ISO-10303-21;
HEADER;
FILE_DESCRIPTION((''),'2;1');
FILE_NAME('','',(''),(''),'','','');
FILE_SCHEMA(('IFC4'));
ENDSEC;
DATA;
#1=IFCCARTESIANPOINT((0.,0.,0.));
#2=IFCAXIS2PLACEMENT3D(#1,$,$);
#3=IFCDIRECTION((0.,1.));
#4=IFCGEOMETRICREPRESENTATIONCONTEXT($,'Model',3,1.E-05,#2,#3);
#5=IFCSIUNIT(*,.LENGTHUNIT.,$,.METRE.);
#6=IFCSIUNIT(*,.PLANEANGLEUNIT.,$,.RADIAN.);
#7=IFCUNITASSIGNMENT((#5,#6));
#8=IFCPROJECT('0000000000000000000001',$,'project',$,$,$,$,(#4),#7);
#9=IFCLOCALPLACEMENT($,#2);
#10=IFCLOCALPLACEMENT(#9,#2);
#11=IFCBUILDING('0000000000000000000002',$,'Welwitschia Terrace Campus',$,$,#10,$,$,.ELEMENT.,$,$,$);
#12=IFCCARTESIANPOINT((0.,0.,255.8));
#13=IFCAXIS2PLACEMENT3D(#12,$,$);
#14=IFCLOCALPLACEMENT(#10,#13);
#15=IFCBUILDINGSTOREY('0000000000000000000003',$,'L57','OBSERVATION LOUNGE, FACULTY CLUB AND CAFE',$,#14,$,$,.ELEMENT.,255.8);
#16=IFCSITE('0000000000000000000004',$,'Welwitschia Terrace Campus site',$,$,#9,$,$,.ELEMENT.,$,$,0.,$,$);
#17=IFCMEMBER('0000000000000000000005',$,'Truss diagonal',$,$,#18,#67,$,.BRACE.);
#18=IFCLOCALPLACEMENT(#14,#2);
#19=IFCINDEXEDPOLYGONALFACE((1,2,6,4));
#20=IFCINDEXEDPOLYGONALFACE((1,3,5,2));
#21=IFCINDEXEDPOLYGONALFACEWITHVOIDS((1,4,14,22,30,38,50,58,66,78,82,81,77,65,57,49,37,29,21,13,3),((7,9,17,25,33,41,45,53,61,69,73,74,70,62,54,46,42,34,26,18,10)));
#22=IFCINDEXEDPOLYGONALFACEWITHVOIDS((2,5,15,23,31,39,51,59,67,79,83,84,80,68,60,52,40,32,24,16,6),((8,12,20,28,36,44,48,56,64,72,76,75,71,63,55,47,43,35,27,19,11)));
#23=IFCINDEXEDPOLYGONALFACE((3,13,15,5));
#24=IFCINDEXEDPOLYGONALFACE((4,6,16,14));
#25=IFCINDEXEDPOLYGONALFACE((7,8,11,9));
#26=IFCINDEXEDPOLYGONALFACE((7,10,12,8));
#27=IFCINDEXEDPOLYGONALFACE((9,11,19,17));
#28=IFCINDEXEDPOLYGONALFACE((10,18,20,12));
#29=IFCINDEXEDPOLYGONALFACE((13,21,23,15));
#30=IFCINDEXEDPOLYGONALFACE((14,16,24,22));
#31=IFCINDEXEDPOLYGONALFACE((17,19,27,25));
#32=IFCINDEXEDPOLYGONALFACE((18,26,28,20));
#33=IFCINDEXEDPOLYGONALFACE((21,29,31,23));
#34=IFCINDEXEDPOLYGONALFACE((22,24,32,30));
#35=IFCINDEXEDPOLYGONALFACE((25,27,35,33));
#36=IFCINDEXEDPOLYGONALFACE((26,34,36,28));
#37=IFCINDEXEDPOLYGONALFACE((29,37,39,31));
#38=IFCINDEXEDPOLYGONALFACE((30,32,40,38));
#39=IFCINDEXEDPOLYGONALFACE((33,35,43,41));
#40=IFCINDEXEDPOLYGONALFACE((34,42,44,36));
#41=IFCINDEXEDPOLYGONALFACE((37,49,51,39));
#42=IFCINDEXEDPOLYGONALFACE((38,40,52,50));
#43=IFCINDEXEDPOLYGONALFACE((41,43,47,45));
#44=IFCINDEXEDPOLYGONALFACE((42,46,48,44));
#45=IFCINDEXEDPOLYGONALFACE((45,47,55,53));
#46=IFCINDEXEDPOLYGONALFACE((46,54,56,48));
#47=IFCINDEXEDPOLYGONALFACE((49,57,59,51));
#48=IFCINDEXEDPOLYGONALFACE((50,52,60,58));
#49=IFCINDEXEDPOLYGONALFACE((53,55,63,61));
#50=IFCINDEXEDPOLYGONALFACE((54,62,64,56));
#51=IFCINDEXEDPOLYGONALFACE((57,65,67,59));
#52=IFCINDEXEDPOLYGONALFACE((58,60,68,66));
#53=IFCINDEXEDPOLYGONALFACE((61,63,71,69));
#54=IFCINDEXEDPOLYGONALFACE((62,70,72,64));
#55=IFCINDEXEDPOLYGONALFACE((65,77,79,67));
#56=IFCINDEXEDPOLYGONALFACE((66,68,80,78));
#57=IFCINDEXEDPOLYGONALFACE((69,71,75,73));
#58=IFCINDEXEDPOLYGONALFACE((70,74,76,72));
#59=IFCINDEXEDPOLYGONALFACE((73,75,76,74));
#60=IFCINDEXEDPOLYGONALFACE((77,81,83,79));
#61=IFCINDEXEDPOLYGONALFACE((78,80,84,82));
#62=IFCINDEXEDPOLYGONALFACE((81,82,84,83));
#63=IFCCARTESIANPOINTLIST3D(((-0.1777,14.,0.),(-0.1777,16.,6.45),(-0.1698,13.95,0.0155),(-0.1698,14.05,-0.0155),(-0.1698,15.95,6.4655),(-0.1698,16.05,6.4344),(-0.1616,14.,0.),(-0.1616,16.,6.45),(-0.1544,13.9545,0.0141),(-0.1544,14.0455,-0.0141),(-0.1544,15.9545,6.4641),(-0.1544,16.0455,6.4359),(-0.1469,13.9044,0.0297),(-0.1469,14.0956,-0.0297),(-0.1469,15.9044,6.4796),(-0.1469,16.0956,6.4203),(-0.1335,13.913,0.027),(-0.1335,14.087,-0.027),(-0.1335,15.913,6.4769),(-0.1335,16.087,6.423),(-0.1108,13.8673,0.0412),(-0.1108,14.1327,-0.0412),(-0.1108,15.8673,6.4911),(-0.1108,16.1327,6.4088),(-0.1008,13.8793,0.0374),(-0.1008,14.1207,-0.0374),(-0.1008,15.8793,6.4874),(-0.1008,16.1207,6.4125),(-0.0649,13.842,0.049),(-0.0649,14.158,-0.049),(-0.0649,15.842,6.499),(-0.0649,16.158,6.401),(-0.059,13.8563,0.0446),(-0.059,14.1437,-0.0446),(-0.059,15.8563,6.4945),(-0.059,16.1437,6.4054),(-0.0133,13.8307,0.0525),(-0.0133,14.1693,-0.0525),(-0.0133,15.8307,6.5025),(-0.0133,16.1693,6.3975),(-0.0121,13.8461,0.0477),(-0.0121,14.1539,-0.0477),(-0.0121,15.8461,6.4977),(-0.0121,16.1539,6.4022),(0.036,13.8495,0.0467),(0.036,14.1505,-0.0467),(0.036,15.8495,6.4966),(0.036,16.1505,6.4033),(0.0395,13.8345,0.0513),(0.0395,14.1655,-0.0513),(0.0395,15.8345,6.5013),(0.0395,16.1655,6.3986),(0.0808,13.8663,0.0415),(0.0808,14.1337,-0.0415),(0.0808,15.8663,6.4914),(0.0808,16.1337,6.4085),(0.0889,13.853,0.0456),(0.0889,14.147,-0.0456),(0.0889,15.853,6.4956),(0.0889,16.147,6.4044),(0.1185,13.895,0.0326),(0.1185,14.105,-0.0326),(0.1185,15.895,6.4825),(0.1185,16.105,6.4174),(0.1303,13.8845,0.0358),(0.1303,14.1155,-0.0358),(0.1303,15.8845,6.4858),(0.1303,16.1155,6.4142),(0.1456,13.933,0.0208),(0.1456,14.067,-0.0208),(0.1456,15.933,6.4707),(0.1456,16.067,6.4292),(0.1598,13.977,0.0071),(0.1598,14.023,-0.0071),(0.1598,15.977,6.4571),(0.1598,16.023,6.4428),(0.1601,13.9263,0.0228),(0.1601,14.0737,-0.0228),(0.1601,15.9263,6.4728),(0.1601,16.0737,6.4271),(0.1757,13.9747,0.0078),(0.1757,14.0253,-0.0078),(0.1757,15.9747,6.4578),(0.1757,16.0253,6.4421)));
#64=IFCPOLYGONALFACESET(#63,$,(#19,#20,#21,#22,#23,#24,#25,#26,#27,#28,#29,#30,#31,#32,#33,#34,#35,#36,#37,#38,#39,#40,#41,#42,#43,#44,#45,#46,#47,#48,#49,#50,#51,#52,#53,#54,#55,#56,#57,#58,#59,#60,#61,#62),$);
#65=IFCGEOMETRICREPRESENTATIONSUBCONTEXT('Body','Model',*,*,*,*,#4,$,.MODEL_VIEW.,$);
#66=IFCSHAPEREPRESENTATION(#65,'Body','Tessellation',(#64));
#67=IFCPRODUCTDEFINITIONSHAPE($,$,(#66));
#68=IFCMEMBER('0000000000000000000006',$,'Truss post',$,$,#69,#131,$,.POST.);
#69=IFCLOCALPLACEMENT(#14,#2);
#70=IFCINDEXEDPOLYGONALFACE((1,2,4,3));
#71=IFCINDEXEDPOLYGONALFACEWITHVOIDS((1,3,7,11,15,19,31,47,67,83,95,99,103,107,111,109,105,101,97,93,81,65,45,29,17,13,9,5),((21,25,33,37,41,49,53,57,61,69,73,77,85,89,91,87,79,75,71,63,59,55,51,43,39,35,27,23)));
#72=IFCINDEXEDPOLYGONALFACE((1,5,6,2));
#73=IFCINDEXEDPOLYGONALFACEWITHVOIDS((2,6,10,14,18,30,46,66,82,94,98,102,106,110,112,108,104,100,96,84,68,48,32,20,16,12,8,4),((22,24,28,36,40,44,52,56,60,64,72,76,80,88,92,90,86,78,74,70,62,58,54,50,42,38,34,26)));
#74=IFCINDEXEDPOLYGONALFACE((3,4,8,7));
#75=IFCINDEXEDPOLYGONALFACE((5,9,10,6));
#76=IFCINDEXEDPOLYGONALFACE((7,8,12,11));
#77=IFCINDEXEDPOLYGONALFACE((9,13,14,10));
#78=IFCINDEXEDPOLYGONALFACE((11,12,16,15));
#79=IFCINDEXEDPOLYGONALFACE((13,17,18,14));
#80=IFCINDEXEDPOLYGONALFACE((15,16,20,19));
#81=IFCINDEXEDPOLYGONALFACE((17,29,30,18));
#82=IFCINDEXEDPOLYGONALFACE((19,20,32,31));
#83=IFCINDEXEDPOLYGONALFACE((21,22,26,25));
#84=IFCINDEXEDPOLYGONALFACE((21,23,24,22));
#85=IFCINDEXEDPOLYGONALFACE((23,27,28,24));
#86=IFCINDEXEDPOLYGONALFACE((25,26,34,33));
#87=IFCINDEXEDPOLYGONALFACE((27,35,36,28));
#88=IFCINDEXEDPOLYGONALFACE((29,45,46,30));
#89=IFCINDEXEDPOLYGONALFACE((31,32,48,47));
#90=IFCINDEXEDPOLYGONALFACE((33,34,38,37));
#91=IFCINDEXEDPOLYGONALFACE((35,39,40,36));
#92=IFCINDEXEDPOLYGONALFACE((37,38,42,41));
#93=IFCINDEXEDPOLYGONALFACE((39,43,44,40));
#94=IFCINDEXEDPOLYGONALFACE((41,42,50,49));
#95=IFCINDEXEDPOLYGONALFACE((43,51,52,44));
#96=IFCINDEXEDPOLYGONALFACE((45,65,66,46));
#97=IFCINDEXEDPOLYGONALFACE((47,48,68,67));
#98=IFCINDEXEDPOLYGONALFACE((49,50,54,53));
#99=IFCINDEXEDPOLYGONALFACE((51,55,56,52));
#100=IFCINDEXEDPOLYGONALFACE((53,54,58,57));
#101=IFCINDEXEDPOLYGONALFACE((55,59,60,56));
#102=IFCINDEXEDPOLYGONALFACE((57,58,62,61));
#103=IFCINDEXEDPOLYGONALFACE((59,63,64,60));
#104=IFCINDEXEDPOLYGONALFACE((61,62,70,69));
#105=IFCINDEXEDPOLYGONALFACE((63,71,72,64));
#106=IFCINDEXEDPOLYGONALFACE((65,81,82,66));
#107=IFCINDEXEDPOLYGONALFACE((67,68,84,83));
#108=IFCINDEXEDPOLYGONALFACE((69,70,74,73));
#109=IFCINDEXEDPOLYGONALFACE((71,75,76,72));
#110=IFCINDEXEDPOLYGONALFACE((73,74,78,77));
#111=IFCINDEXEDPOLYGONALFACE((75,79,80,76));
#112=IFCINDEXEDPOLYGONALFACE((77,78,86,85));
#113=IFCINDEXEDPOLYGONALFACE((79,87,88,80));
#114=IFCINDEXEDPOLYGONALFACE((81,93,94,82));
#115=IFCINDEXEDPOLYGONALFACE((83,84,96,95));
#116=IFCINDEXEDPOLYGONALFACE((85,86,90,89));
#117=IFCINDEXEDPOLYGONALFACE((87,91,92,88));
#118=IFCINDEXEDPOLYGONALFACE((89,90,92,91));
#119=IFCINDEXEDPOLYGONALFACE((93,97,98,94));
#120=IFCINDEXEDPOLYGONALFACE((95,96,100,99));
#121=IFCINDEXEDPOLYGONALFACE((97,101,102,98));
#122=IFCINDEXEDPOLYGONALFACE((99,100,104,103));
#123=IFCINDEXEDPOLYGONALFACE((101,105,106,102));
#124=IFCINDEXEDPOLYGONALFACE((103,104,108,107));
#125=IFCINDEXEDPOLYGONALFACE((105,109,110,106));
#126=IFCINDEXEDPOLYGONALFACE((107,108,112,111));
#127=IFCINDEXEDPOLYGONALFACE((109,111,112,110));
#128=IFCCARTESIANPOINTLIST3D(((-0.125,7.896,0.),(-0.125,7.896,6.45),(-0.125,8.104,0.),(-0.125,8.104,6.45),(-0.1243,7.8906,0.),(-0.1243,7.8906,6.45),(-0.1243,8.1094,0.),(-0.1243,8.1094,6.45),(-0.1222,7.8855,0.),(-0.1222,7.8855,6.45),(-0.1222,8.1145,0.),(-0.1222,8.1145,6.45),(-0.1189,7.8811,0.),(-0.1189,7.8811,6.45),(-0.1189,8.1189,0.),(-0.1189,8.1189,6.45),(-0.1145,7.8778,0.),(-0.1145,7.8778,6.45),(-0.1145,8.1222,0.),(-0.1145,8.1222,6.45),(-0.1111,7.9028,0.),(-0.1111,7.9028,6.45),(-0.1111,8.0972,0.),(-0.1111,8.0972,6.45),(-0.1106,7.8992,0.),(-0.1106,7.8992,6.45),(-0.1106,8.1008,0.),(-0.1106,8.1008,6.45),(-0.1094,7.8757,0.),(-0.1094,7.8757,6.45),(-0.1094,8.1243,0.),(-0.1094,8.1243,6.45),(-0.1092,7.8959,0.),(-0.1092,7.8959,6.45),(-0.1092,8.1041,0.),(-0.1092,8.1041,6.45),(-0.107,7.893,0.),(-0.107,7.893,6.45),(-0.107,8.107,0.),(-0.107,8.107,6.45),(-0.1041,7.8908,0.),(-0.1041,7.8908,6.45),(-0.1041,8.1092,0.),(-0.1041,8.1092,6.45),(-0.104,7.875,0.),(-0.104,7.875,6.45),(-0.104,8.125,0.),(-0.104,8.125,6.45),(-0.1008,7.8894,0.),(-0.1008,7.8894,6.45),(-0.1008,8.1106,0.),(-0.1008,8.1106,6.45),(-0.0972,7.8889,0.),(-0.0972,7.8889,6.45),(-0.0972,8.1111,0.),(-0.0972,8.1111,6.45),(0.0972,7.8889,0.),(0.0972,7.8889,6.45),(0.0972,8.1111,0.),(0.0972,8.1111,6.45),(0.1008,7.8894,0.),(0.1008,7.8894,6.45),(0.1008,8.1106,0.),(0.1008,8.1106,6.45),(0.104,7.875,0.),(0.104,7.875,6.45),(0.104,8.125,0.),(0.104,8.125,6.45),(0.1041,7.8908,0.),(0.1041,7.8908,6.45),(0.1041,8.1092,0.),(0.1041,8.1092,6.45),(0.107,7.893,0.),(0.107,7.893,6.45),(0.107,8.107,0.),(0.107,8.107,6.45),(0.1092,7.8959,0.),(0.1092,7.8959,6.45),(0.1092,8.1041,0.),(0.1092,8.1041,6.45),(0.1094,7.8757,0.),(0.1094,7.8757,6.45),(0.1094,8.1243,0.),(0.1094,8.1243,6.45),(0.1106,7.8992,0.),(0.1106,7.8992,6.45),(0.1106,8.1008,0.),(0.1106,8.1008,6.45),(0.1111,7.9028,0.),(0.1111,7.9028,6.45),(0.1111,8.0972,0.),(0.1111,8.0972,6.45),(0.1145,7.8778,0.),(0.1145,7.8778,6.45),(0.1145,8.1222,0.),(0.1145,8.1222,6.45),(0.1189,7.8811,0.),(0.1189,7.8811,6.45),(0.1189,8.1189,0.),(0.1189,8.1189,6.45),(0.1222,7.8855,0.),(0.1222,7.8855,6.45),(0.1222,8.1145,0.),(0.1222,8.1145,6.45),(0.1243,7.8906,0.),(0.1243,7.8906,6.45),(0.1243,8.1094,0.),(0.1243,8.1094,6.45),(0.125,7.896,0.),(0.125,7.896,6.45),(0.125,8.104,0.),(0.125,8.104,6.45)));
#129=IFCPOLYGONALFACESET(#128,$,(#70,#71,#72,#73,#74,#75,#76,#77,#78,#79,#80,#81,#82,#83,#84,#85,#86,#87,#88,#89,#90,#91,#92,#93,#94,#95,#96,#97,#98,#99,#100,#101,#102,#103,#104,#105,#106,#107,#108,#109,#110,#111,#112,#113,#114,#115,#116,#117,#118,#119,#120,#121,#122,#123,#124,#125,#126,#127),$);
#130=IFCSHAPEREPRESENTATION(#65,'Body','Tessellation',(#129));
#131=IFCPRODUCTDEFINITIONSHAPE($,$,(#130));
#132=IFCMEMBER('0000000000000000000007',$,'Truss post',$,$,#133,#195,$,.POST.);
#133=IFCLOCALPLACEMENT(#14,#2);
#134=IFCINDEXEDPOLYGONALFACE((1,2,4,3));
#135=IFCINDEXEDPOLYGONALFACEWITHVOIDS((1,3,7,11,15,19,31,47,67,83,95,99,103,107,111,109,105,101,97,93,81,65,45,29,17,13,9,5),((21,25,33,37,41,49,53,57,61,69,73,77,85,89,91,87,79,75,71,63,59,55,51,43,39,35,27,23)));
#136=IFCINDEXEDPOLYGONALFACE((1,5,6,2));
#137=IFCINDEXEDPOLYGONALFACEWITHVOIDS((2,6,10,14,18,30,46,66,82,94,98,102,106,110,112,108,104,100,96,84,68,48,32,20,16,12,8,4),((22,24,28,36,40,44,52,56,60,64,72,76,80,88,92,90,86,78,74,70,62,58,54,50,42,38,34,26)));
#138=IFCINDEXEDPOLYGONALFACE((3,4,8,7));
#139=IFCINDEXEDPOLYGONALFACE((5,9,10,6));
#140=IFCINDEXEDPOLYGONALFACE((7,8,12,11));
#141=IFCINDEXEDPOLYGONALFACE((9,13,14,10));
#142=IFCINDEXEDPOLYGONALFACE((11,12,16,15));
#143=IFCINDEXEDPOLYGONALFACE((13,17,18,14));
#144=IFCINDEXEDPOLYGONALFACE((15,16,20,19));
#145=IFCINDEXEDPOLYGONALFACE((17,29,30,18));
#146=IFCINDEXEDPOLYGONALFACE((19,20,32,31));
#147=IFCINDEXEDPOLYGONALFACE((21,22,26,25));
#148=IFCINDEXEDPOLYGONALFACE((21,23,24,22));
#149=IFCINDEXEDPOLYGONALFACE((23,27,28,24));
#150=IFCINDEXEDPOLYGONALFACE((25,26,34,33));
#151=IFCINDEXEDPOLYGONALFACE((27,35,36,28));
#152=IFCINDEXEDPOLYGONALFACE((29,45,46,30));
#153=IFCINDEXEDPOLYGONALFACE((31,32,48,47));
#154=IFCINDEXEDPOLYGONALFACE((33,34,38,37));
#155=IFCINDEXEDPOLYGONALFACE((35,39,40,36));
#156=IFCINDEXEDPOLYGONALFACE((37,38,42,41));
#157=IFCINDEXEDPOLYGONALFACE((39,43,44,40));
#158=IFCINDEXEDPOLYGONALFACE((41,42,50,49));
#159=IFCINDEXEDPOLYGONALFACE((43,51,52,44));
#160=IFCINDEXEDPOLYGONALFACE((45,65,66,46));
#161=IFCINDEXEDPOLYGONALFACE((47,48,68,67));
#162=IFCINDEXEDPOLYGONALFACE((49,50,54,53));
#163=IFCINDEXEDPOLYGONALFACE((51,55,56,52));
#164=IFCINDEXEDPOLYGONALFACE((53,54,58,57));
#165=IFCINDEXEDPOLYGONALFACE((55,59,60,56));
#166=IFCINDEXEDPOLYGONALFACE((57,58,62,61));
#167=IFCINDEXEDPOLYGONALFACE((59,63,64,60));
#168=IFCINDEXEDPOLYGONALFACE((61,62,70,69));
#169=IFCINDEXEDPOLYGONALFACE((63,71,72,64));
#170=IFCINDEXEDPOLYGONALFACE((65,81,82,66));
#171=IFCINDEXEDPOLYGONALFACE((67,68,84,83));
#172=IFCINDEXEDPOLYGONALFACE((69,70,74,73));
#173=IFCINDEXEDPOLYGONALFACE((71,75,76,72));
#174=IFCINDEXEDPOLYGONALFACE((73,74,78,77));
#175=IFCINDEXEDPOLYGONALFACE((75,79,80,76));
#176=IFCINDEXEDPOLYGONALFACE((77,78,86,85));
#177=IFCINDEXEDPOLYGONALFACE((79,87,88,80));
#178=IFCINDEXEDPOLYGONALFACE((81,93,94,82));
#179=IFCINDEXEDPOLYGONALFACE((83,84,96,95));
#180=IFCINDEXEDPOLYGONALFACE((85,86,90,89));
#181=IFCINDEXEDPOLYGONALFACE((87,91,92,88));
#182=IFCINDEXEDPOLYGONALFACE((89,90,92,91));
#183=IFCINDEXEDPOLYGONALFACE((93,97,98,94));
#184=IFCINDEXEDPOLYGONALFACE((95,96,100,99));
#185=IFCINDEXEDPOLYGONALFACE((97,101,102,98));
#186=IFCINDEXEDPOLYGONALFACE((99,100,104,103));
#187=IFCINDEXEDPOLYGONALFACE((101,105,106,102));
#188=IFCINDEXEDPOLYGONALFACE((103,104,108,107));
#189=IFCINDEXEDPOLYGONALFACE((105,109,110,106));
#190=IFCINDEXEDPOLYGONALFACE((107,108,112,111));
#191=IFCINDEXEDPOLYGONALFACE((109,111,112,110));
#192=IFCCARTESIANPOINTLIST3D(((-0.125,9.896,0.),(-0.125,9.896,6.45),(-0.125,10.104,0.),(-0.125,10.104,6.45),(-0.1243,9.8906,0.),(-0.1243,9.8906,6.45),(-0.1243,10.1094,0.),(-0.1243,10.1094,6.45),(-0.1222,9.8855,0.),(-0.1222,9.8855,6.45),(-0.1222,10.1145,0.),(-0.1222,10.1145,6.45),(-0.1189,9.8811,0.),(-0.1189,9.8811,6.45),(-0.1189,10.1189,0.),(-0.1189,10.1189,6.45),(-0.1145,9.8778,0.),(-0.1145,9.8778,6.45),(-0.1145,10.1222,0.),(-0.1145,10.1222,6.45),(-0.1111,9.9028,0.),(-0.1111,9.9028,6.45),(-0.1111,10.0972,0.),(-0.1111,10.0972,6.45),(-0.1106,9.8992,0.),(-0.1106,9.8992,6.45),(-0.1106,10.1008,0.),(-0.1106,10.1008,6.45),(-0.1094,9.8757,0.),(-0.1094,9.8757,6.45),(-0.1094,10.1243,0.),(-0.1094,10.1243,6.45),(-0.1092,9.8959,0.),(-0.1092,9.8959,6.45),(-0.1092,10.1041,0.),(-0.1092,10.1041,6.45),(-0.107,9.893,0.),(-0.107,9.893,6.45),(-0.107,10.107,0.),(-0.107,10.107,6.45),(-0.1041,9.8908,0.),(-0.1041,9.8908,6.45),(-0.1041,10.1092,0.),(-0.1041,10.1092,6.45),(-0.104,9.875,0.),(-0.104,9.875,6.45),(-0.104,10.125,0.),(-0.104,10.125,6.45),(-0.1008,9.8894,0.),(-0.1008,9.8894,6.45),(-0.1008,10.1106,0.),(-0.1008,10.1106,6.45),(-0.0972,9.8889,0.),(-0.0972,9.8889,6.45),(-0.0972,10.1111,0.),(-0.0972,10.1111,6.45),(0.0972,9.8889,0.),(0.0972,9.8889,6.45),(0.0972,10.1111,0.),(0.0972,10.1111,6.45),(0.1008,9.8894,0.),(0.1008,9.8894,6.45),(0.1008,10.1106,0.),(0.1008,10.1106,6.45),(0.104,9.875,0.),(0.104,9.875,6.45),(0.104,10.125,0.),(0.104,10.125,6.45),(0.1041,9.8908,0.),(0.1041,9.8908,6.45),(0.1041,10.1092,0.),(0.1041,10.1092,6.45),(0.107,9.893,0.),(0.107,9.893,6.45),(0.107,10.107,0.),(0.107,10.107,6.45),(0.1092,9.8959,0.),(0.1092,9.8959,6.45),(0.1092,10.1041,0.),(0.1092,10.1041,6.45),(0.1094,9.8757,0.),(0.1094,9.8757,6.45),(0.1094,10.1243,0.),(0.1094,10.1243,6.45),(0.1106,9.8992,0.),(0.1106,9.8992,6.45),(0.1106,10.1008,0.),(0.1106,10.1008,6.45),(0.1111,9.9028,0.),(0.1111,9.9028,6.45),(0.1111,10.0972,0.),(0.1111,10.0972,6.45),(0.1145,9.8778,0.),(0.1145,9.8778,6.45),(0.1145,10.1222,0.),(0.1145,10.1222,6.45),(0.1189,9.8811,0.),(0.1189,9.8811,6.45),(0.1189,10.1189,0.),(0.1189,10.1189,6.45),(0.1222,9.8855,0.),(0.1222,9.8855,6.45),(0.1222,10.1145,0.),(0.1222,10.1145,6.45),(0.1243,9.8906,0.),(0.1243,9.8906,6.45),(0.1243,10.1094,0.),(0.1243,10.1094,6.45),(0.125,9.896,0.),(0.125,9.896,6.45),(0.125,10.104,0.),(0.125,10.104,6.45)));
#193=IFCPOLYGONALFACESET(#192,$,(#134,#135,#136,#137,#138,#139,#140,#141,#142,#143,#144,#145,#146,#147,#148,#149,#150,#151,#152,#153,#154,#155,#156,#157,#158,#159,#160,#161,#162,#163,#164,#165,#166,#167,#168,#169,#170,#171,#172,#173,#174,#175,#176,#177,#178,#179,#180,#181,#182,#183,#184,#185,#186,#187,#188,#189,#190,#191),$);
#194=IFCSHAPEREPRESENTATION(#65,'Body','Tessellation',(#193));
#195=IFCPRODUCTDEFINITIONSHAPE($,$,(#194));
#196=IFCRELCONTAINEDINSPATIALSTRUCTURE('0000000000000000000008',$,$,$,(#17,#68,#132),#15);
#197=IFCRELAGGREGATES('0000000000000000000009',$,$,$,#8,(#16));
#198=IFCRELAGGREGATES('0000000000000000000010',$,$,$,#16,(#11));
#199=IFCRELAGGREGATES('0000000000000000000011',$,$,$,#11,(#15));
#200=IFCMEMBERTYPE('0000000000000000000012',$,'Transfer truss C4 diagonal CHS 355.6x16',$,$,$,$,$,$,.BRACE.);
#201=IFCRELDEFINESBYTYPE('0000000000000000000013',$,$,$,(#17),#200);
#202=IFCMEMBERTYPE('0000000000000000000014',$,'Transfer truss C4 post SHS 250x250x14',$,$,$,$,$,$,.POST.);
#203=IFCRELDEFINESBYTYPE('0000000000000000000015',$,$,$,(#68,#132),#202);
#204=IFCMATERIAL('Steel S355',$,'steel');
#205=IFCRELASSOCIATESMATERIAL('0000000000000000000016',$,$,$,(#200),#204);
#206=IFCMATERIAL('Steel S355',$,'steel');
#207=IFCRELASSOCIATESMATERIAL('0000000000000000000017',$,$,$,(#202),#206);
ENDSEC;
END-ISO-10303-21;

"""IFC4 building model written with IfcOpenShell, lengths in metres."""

from ifc_helpers import new_model, si_unit, direction, frame, origin, origin_2d, place, context, subcontext, project, spatial, hollow_rectangle, hollow_circle, extrude, material, material_profile, profile_set, type_object, element, save


model = new_model("IFC4")

# Units and contexts
model_context = context("Model", 3, precision=1e-05, world=origin(), true_north=direction((0.0, 1.0)))
body_context = subcontext(model_context, "Body", "Model", "MODEL_VIEW")
ifc_project = project(units=[si_unit("LENGTHUNIT", "METRE"), si_unit("PLANEANGLEUNIT", "RADIAN")], contexts=[model_context])

# Site, building, storey
site_placement = place(None, origin())
site = spatial("IfcSite", under=ifc_project, at=site_placement, Name="Welwitschia Terrace Campus site", CompositionType="ELEMENT", RefElevation=0.0)
building_placement = place(site_placement, origin())
building = spatial("IfcBuilding", under=site, at=building_placement, Name="Welwitschia Terrace Campus", CompositionType="ELEMENT")
storey_placement = place(building_placement, frame((0.0, 0.0, 255.8)))
storey = spatial("IfcBuildingStorey", under=building, at=storey_placement, Name="L57", Description="OBSERVATION LOUNGE, FACULTY CLUB AND CAFE", CompositionType="ELEMENT", Elevation=255.8)

# Members
ifc_material_1 = material(Name="Steel S355", Category="steel")
ifc_material_profile_1 = material_profile(ifc_material_1, hollow_circle(Radius=0.1777, WallThickness=0.0161, at=origin_2d()))
ifc_profile_set_1 = profile_set([ifc_material_profile_1], Name="Steel S355")
member_type_1 = type_object("IfcMemberType", Name="Transfer truss C4 diagonal CHS 355.6x16", PredefinedType="BRACE", material=ifc_profile_set_1)
member_1_placement = place(storey_placement, frame((0.0, 14.0, 0.0), z_axis=(0.0, 0.296168, 0.955136), x_axis=(-1.0, 0.0, 0.0)))
element("IfcMember", 1, at=member_1_placement, inside=storey, type_object=member_type_1, Name="Truss diagonal", PredefinedType="BRACE", context=body_context, shape_type="SweptSolid", body=[
    extrude(hollow_circle(Radius=0.1777, WallThickness=0.0161, at=origin_2d()), origin(), (0.0, 0.0, 1.0), 6.7529),
])
ifc_material_2 = material(Name="Steel S355", Category="steel")
ifc_material_profile_2 = material_profile(ifc_material_2, hollow_rectangle(XDim=0.25, YDim=0.25, WallThickness=0.0139, InnerFilletRadius=0.0139, OuterFilletRadius=0.021, at=origin_2d()))
ifc_profile_set_2 = profile_set([ifc_material_profile_2], Name="Steel S355")
member_type_2 = type_object("IfcMemberType", Name="Transfer truss C4 post SHS 250x250x14", PredefinedType="POST", material=ifc_profile_set_2)
for number, where, z_axis, x_axis, name in (
    (2, (0.0, 8.0, 0.0), (0.0, 0.0, 1.0), (1.0, 0.0, 0.0), "Truss post"),
    (3, (0.0, 10.0, 0.0), (0.0, 0.0, 1.0), (1.0, 0.0, 0.0), "Truss post"),
):
    element("IfcMember", number, at=place(storey_placement, frame(where, z_axis=z_axis, x_axis=x_axis)), inside=storey, type_object=member_type_2, Name=name, PredefinedType="POST", context=body_context, shape_type="SweptSolid", body=[
        extrude(hollow_rectangle(XDim=0.25, YDim=0.25, WallThickness=0.0139, InnerFilletRadius=0.0139, OuterFilletRadius=0.021, at=origin_2d()), origin(), (0.0, 0.0, 1.0), 6.45),
    ])

save(model, "model.ifc")
